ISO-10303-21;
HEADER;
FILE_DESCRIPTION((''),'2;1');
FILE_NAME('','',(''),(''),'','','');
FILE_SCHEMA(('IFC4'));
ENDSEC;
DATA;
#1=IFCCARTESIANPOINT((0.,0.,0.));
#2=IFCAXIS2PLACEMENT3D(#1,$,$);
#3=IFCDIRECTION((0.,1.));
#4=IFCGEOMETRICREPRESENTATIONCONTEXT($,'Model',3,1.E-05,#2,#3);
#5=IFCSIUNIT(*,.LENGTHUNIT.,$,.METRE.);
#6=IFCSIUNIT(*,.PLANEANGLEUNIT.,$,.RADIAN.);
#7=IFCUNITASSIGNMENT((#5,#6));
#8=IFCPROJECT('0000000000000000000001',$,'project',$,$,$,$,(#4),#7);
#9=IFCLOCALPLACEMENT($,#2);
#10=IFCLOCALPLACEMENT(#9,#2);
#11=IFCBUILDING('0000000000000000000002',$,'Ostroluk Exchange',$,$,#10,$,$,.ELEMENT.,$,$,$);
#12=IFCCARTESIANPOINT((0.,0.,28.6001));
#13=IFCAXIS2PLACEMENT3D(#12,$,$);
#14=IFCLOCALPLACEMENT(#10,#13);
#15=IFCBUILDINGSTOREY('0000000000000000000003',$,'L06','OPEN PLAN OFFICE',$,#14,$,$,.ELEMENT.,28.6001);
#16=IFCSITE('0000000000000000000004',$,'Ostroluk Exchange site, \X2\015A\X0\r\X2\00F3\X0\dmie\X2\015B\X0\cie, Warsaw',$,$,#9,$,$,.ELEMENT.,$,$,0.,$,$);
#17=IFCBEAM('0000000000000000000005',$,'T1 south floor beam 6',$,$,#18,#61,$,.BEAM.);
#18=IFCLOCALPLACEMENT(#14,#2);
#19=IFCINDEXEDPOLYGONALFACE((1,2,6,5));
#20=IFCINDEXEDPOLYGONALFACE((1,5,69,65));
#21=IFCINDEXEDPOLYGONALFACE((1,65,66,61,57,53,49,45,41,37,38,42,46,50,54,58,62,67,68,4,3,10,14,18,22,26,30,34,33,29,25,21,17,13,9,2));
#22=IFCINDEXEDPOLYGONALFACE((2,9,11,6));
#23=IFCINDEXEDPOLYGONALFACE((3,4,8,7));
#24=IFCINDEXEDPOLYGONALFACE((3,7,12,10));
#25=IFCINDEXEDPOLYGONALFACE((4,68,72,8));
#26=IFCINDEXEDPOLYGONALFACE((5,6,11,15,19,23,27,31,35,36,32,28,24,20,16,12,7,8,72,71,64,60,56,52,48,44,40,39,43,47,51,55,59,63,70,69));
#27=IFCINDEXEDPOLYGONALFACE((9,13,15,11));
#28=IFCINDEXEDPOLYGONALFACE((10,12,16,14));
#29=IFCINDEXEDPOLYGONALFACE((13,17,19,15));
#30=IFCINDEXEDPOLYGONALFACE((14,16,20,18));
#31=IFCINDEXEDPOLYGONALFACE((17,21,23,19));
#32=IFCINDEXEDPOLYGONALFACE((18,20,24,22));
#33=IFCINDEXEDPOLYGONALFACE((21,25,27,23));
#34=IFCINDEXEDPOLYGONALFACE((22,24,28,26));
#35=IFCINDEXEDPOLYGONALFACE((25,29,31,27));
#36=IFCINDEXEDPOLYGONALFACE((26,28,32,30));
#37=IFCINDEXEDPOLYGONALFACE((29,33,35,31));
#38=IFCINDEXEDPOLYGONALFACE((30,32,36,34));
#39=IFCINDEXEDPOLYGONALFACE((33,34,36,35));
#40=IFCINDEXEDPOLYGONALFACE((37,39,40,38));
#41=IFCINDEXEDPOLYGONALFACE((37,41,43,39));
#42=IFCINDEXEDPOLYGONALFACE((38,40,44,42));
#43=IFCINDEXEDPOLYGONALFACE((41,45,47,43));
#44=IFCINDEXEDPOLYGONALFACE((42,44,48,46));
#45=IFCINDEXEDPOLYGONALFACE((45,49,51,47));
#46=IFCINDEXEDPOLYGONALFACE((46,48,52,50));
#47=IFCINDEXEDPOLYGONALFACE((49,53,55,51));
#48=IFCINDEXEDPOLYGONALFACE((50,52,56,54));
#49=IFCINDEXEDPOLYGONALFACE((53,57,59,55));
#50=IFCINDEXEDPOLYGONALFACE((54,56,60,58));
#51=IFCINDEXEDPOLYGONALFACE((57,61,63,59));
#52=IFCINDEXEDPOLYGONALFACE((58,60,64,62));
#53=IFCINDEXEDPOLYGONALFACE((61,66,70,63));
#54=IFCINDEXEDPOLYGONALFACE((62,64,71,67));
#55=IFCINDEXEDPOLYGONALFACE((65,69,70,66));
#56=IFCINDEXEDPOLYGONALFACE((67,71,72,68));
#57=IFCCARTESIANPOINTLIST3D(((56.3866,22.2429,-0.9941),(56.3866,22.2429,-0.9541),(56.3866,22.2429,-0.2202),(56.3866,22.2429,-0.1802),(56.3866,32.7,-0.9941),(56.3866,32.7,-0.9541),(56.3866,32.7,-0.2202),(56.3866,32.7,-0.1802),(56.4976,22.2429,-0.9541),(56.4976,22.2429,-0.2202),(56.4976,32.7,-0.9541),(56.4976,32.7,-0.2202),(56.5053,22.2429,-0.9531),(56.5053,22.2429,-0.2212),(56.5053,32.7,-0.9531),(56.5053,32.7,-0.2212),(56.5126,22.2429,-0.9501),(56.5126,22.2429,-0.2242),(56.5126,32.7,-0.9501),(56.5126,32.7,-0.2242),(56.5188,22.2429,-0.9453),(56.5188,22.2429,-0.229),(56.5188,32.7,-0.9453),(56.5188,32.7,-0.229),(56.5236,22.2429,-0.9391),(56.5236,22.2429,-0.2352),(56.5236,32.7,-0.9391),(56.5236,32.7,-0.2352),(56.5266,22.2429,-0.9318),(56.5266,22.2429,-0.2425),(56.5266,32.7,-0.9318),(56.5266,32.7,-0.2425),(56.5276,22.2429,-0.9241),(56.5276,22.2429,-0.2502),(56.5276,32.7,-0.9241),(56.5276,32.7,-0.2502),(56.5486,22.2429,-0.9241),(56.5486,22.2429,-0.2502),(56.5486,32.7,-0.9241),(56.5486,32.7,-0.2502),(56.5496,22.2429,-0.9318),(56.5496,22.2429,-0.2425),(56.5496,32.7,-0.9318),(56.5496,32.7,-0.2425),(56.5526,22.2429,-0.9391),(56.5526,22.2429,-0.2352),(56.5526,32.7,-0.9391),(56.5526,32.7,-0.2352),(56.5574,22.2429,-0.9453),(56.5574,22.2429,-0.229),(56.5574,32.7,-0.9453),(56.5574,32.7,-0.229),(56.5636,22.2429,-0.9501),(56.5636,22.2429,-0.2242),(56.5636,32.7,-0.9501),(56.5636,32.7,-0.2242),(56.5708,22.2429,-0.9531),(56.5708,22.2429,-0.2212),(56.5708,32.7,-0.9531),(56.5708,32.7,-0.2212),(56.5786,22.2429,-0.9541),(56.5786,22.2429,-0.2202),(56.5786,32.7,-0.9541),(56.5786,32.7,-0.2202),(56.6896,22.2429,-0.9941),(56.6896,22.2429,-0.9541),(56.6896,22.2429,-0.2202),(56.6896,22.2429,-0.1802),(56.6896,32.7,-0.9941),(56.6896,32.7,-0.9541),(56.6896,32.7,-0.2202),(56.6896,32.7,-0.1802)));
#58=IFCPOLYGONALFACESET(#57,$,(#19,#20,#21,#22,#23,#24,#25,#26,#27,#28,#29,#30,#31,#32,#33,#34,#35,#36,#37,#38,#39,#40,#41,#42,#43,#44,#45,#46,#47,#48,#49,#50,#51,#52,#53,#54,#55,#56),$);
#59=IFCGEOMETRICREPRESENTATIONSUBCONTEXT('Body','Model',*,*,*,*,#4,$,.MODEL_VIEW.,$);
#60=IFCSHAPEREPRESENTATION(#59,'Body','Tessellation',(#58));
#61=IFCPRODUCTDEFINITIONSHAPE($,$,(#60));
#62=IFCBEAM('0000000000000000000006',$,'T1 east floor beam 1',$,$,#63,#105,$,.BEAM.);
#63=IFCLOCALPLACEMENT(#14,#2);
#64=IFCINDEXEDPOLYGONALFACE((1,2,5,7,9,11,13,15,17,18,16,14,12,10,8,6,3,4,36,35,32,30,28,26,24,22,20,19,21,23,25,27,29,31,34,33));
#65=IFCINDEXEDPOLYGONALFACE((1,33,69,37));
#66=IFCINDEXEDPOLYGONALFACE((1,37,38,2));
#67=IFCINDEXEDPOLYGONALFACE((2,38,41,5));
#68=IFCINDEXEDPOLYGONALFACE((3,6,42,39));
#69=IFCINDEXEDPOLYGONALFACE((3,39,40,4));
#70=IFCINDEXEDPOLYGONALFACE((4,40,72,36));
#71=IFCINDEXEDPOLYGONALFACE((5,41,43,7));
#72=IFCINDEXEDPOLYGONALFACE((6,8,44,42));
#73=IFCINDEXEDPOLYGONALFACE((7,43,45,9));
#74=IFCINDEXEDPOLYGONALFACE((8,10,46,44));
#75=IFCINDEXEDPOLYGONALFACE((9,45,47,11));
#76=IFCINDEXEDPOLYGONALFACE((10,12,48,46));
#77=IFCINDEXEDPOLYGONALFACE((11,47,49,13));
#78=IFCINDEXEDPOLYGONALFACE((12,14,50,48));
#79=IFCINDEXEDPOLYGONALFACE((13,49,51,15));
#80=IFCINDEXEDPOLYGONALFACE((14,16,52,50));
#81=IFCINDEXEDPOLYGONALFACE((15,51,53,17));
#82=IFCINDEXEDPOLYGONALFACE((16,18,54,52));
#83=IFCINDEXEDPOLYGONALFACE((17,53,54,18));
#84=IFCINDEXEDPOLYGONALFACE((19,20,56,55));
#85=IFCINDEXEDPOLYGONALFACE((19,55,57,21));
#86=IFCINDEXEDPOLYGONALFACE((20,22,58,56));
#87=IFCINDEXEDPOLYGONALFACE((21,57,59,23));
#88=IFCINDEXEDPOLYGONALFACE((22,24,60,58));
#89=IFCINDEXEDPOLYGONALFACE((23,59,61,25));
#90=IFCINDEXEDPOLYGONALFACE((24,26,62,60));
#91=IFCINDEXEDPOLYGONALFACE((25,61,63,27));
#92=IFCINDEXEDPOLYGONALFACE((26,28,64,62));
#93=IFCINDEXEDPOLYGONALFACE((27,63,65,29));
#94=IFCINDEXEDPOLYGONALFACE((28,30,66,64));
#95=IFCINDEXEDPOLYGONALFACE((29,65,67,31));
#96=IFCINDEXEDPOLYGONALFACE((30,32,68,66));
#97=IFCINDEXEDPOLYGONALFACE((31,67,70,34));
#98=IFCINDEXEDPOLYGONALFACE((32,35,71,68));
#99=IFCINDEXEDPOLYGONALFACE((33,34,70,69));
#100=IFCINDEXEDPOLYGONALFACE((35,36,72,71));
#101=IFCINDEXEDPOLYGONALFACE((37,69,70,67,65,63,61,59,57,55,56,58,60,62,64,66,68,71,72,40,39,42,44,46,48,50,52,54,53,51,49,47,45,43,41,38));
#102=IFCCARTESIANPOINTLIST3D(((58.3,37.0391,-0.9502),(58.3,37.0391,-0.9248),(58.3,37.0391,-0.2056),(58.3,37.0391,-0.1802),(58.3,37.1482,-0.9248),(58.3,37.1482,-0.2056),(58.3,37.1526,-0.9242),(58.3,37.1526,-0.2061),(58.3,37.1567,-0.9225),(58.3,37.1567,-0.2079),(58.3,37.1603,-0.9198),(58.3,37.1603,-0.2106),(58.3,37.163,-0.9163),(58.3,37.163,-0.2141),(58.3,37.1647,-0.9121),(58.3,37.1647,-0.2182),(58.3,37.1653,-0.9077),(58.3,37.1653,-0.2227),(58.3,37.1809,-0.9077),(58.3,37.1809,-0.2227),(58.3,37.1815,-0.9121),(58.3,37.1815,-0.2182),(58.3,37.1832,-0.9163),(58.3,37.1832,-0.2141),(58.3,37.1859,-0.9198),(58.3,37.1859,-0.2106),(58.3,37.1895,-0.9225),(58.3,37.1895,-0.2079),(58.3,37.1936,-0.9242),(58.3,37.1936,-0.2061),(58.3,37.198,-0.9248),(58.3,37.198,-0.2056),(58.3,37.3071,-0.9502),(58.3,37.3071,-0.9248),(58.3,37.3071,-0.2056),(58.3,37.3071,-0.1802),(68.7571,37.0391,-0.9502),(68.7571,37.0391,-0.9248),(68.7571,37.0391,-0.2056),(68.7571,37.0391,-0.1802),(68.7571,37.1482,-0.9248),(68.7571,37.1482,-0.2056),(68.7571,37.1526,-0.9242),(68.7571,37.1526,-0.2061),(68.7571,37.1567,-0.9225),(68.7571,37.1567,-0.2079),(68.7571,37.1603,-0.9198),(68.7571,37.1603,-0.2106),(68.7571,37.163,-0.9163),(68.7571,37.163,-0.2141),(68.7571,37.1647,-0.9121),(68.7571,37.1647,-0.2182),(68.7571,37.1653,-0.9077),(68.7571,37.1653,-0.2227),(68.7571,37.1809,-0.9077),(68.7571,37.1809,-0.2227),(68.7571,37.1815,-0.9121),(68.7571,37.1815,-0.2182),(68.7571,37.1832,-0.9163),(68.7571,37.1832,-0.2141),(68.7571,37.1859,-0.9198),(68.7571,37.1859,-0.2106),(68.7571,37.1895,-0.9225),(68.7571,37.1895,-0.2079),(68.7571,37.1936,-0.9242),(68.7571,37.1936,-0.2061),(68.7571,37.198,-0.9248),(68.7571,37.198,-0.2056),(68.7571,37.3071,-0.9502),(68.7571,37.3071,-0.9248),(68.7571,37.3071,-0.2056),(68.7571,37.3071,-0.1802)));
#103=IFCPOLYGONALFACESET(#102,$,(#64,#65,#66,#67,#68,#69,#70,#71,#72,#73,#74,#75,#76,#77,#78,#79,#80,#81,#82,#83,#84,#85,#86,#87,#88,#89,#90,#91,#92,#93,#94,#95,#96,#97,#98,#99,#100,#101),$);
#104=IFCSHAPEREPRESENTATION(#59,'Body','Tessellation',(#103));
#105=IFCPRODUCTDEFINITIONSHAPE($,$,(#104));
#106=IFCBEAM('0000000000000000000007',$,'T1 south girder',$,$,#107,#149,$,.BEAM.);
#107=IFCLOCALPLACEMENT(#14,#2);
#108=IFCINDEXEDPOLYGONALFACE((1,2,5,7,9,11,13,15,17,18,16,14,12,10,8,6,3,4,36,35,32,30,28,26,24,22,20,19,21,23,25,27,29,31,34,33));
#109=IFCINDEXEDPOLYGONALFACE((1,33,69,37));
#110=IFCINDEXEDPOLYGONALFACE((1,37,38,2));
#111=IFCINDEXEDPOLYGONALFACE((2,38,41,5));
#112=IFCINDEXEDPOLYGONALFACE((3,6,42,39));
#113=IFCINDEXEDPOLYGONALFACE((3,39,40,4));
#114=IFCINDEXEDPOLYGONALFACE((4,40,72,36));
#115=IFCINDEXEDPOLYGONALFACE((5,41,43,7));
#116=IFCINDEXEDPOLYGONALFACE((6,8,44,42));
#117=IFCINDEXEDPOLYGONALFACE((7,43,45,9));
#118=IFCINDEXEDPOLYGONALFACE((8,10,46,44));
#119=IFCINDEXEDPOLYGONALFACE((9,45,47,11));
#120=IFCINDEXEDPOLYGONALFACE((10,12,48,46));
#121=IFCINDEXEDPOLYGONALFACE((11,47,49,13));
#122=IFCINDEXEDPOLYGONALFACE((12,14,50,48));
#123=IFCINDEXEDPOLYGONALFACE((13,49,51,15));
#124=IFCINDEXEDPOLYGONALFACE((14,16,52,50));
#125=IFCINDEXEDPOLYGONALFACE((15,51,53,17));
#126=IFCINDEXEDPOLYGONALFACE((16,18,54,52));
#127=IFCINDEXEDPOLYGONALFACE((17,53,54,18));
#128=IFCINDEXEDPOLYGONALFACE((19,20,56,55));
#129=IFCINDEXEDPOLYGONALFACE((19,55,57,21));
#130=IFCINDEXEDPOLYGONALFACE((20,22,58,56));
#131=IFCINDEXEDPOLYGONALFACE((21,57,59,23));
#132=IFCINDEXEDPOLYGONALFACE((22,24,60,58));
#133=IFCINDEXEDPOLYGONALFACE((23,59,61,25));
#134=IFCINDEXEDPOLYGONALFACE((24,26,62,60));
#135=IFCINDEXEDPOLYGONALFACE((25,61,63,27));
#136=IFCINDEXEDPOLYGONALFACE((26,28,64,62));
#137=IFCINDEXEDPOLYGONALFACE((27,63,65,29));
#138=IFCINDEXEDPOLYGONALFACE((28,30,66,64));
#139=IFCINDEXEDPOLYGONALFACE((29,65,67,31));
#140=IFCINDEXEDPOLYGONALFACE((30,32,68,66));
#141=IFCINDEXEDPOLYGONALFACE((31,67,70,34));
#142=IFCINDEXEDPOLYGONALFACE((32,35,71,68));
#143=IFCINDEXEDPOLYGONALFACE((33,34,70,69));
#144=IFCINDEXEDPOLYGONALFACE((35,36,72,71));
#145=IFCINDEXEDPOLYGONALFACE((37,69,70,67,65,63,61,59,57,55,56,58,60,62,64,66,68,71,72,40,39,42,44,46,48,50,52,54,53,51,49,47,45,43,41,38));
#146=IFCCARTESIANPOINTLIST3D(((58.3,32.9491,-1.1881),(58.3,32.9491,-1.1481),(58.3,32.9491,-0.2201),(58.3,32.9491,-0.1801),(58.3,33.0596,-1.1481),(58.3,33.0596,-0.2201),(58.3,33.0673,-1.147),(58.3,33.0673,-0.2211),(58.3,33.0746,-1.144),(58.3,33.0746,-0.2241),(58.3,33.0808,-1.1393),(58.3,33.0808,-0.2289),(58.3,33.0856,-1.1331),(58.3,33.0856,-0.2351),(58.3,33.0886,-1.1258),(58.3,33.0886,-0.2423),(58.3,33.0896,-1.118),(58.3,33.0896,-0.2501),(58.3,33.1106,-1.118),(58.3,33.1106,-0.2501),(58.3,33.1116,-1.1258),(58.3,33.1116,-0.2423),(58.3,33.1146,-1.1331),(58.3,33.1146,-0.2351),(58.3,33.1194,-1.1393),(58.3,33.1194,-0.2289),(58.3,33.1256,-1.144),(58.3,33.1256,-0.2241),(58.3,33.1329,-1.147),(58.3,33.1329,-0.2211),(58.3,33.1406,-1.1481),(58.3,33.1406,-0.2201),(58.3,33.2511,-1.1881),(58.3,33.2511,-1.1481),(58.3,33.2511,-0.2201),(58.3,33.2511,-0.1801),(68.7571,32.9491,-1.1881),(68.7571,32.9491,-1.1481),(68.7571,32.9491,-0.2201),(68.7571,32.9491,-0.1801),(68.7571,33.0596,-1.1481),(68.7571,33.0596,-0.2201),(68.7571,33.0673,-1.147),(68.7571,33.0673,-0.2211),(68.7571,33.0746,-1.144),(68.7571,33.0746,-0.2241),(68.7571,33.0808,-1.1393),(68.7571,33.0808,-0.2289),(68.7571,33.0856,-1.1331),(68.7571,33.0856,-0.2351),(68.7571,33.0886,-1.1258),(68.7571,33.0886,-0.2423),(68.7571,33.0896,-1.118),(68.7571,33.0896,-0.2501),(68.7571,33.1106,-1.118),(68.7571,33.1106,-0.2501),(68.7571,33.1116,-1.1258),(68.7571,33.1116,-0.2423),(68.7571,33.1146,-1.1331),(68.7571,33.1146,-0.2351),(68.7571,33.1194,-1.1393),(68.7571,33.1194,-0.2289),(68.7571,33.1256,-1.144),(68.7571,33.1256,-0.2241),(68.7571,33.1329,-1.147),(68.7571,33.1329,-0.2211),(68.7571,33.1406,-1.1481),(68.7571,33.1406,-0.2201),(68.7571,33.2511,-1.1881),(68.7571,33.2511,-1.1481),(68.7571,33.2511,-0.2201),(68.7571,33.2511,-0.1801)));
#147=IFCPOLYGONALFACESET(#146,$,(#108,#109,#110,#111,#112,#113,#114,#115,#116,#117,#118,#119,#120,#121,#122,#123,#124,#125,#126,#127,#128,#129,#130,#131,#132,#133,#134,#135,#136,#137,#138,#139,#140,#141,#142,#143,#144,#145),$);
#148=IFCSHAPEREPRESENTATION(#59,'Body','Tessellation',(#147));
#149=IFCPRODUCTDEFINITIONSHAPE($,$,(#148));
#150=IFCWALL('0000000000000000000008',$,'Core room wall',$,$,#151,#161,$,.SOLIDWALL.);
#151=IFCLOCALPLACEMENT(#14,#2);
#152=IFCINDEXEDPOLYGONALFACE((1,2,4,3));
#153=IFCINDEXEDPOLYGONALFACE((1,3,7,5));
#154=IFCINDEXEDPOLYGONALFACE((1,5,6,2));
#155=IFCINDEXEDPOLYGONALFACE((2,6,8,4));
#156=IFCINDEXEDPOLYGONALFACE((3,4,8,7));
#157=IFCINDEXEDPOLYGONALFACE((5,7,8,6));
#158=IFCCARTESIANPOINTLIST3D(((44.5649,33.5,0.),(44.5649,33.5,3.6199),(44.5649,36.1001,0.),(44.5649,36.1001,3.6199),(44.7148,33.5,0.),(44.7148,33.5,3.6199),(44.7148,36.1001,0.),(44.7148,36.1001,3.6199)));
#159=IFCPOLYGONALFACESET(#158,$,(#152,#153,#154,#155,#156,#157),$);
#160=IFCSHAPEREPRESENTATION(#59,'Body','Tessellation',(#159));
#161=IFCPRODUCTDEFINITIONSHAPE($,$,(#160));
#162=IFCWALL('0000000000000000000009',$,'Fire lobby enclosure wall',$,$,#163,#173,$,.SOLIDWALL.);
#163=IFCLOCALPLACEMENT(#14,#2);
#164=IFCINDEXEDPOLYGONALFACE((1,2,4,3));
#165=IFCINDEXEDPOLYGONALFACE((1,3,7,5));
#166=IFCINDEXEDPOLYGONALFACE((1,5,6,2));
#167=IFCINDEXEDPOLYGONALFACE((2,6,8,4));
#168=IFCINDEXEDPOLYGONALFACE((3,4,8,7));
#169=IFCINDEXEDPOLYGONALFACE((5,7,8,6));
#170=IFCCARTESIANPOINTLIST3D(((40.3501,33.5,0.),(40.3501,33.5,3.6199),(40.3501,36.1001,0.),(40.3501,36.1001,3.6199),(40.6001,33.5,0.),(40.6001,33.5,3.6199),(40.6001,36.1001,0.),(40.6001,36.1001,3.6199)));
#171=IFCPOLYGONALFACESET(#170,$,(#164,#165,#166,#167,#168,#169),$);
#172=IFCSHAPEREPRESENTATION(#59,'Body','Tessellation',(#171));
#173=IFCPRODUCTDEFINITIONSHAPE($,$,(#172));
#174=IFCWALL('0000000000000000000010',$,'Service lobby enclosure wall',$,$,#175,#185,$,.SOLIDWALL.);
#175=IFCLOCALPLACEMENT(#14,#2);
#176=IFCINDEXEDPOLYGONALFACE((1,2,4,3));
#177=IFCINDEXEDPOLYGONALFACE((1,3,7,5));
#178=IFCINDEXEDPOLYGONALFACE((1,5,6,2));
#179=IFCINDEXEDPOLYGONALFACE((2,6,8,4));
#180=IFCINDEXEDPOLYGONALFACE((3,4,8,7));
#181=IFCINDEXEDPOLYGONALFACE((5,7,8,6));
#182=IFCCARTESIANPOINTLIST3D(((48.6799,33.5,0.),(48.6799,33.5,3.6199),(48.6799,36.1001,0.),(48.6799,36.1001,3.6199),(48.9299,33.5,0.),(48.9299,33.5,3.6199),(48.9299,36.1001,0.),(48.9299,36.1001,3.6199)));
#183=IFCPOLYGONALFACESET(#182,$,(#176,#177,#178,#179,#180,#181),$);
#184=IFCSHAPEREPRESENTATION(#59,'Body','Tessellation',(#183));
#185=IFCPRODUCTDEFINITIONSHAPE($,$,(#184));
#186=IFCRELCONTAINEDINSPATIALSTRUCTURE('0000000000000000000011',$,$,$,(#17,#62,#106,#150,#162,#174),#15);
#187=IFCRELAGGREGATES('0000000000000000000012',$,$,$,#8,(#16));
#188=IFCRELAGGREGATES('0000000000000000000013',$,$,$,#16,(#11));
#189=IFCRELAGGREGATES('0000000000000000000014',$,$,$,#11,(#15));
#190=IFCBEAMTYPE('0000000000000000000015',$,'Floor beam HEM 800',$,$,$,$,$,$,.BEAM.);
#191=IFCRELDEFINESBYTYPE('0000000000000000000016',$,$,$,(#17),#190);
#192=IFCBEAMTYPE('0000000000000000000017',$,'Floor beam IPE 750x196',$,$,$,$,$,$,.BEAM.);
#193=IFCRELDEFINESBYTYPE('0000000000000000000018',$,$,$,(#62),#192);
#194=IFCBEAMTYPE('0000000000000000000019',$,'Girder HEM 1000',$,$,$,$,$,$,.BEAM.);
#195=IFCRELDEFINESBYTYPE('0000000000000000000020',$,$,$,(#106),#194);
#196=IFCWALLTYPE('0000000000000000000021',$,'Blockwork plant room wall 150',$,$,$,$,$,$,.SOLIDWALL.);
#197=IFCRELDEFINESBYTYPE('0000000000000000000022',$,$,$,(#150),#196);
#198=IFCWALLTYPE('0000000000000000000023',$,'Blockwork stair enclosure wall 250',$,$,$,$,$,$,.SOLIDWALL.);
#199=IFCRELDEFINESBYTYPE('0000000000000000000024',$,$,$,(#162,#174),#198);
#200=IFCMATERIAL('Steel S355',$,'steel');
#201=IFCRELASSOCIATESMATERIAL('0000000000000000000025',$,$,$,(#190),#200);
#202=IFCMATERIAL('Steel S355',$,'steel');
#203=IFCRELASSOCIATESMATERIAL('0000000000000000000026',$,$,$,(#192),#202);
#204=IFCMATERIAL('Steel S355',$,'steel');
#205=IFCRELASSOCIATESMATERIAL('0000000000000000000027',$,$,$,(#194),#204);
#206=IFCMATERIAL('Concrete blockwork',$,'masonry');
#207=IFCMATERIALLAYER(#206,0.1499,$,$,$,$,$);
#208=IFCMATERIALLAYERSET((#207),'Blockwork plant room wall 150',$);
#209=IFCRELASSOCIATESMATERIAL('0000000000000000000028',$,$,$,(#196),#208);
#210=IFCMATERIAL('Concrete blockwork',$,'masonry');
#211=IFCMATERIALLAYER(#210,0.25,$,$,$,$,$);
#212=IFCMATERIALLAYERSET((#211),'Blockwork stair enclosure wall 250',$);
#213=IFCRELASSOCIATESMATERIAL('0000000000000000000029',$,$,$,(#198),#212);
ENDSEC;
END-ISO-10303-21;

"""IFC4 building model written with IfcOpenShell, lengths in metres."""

from ifc_helpers import new_model, si_unit, direction, frame, frame_2d, origin, origin_2d, place, context, subcontext, project, spatial, rectangle, i_section, extrude, material, layer, layer_set, material_profile, profile_set, type_object, element, save


model = new_model("IFC4")

# Units and contexts
model_context = context("Model", 3, precision=1e-05, world=origin(), true_north=direction((0.0, 1.0)))
body_context = subcontext(model_context, "Body", "Model", "MODEL_VIEW")
ifc_project = project(units=[si_unit("LENGTHUNIT", "METRE"), si_unit("PLANEANGLEUNIT", "RADIAN")], contexts=[model_context])

# Site, building, storey
site_placement = place(None, origin())
site = spatial("IfcSite", under=ifc_project, at=site_placement, Name="Ostroluk Exchange site, Śródmieście, Warsaw", CompositionType="ELEMENT", RefElevation=0.0)
building_placement = place(site_placement, origin())
building = spatial("IfcBuilding", under=site, at=building_placement, Name="Ostroluk Exchange", CompositionType="ELEMENT")
storey_placement = place(building_placement, frame((0.0, 0.0, 28.6001)))
storey = spatial("IfcBuildingStorey", under=building, at=storey_placement, Name="L06", Description="OPEN PLAN OFFICE", CompositionType="ELEMENT", Elevation=28.6001)

# Beams
ifc_material_1 = material(Name="Steel S355", Category="steel")
ifc_material_profile_1 = material_profile(ifc_material_1, i_section(OverallWidth=0.303, OverallDepth=0.814, WebThickness=0.021, FlangeThickness=0.04, FilletRadius=0.03, at=origin_2d()), Name="HEM 800")
ifc_profile_set_1 = profile_set([ifc_material_profile_1], Name="Steel S355")
beam_type_1 = type_object("IfcBeamType", Name="Floor beam HEM 800", PredefinedType="BEAM", material=ifc_profile_set_1)
beam_1_placement = place(storey_placement, frame((56.5381, 32.7, -0.5872), z_axis=(0.0, -1.0, 0.0), x_axis=(1.0, 0.0, 0.0)))
element("IfcBeam", 1, at=beam_1_placement, inside=storey, type_object=beam_type_1, Name="T1 south floor beam 6", PredefinedType="BEAM", context=body_context, shape_type="SweptSolid", body=[
    extrude(i_section(OverallWidth=0.303, OverallDepth=0.814, WebThickness=0.021, FlangeThickness=0.04, FilletRadius=0.03, at=origin_2d()), origin(), (0.0, 0.0, 1.0), 10.457),
])
ifc_material_2 = material(Name="Steel S355", Category="steel")
ifc_material_profile_2 = material_profile(ifc_material_2, i_section(OverallWidth=0.2681, OverallDepth=0.77, WebThickness=0.0156, FlangeThickness=0.0254, FilletRadius=0.0171, at=origin_2d()), Name="IPE 750x196")
ifc_profile_set_2 = profile_set([ifc_material_profile_2], Name="Steel S355")
beam_type_2 = type_object("IfcBeamType", Name="Floor beam IPE 750x196", PredefinedType="BEAM", material=ifc_profile_set_2)
beam_2_placement = place(storey_placement, frame((58.3, 37.1731, -0.5652), z_axis=(1.0, 0.0, 0.0), x_axis=(0.0, 1.0, 0.0)))
element("IfcBeam", 2, at=beam_2_placement, inside=storey, type_object=beam_type_2, Name="T1 east floor beam 1", PredefinedType="BEAM", context=body_context, shape_type="SweptSolid", body=[
    extrude(i_section(OverallWidth=0.2681, OverallDepth=0.77, WebThickness=0.0156, FlangeThickness=0.0254, FilletRadius=0.0171, at=origin_2d()), origin(), (0.0, 0.0, 1.0), 10.457),
])
ifc_material_3 = material(Name="Steel S355", Category="steel")
ifc_material_profile_3 = material_profile(ifc_material_3, i_section(OverallWidth=0.302, OverallDepth=1.0081, WebThickness=0.021, FlangeThickness=0.04, FilletRadius=0.03, at=origin_2d()), Name="HEM 1000")
ifc_profile_set_3 = profile_set([ifc_material_profile_3], Name="Steel S355")
beam_type_3 = type_object("IfcBeamType", Name="Girder HEM 1000", PredefinedType="BEAM", material=ifc_profile_set_3)
beam_3_placement = place(storey_placement, frame((58.3, 33.1001, -0.6841), z_axis=(1.0, 0.0, 0.0), x_axis=(0.0, 1.0, 0.0)))
element("IfcBeam", 3, at=beam_3_placement, inside=storey, type_object=beam_type_3, Name="T1 south girder", PredefinedType="BEAM", context=body_context, shape_type="SweptSolid", body=[
    extrude(i_section(OverallWidth=0.302, OverallDepth=1.0081, WebThickness=0.021, FlangeThickness=0.04, FilletRadius=0.03, at=origin_2d()), origin(), (0.0, 0.0, 1.0), 10.457),
])

# Walls
ifc_material_4 = material(Name="Concrete blockwork", Category="masonry")
ifc_layer_1 = layer(ifc_material_4, 0.1499)
ifc_layer_set_1 = layer_set([ifc_layer_1], Name="Blockwork plant room wall 150")
wall_type_1 = type_object("IfcWallType", Name="Blockwork plant room wall 150", PredefinedType="SOLIDWALL", material=ifc_layer_set_1)
wall_1_placement = place(storey_placement, frame((44.6399, 33.5, 0.0), z_axis=(0.0, 0.0, 1.0), x_axis=(0.0, 1.0, 0.0)))
element("IfcWall", 4, at=wall_1_placement, inside=storey, type_object=wall_type_1, Name="Core room wall", PredefinedType="SOLIDWALL", context=body_context, shape_type="SweptSolid", body=[
    extrude(rectangle(XDim=2.6001, YDim=0.1499, at=frame_2d((1.3, 0.0))), origin(), (0.0, 0.0, 1.0), 3.6199),
])
ifc_material_5 = material(Name="Concrete blockwork", Category="masonry")
ifc_layer_2 = layer(ifc_material_5, 0.25)
ifc_layer_set_2 = layer_set([ifc_layer_2], Name="Blockwork stair enclosure wall 250")
wall_type_2 = type_object("IfcWallType", Name="Blockwork stair enclosure wall 250", PredefinedType="SOLIDWALL", material=ifc_layer_set_2)
for number, where, z_axis, x_axis, name in (
    (5, (40.4751, 33.5, 0.0), (0.0, 0.0, 1.0), (0.0, 1.0, 0.0), "Fire lobby enclosure wall"),
    (6, (48.8049, 33.5, 0.0), (0.0, 0.0, 1.0), (0.0, 1.0, 0.0), "Service lobby enclosure wall"),
):
    element("IfcWall", number, at=place(storey_placement, frame(where, z_axis=z_axis, x_axis=x_axis)), inside=storey, type_object=wall_type_2, Name=name, PredefinedType="SOLIDWALL", context=body_context, shape_type="SweptSolid", body=[
        extrude(rectangle(XDim=2.6001, YDim=0.25, at=frame_2d((1.3, 0.0))), origin(), (0.0, 0.0, 1.0), 3.6199),
    ])

save(model, "model.ifc")
